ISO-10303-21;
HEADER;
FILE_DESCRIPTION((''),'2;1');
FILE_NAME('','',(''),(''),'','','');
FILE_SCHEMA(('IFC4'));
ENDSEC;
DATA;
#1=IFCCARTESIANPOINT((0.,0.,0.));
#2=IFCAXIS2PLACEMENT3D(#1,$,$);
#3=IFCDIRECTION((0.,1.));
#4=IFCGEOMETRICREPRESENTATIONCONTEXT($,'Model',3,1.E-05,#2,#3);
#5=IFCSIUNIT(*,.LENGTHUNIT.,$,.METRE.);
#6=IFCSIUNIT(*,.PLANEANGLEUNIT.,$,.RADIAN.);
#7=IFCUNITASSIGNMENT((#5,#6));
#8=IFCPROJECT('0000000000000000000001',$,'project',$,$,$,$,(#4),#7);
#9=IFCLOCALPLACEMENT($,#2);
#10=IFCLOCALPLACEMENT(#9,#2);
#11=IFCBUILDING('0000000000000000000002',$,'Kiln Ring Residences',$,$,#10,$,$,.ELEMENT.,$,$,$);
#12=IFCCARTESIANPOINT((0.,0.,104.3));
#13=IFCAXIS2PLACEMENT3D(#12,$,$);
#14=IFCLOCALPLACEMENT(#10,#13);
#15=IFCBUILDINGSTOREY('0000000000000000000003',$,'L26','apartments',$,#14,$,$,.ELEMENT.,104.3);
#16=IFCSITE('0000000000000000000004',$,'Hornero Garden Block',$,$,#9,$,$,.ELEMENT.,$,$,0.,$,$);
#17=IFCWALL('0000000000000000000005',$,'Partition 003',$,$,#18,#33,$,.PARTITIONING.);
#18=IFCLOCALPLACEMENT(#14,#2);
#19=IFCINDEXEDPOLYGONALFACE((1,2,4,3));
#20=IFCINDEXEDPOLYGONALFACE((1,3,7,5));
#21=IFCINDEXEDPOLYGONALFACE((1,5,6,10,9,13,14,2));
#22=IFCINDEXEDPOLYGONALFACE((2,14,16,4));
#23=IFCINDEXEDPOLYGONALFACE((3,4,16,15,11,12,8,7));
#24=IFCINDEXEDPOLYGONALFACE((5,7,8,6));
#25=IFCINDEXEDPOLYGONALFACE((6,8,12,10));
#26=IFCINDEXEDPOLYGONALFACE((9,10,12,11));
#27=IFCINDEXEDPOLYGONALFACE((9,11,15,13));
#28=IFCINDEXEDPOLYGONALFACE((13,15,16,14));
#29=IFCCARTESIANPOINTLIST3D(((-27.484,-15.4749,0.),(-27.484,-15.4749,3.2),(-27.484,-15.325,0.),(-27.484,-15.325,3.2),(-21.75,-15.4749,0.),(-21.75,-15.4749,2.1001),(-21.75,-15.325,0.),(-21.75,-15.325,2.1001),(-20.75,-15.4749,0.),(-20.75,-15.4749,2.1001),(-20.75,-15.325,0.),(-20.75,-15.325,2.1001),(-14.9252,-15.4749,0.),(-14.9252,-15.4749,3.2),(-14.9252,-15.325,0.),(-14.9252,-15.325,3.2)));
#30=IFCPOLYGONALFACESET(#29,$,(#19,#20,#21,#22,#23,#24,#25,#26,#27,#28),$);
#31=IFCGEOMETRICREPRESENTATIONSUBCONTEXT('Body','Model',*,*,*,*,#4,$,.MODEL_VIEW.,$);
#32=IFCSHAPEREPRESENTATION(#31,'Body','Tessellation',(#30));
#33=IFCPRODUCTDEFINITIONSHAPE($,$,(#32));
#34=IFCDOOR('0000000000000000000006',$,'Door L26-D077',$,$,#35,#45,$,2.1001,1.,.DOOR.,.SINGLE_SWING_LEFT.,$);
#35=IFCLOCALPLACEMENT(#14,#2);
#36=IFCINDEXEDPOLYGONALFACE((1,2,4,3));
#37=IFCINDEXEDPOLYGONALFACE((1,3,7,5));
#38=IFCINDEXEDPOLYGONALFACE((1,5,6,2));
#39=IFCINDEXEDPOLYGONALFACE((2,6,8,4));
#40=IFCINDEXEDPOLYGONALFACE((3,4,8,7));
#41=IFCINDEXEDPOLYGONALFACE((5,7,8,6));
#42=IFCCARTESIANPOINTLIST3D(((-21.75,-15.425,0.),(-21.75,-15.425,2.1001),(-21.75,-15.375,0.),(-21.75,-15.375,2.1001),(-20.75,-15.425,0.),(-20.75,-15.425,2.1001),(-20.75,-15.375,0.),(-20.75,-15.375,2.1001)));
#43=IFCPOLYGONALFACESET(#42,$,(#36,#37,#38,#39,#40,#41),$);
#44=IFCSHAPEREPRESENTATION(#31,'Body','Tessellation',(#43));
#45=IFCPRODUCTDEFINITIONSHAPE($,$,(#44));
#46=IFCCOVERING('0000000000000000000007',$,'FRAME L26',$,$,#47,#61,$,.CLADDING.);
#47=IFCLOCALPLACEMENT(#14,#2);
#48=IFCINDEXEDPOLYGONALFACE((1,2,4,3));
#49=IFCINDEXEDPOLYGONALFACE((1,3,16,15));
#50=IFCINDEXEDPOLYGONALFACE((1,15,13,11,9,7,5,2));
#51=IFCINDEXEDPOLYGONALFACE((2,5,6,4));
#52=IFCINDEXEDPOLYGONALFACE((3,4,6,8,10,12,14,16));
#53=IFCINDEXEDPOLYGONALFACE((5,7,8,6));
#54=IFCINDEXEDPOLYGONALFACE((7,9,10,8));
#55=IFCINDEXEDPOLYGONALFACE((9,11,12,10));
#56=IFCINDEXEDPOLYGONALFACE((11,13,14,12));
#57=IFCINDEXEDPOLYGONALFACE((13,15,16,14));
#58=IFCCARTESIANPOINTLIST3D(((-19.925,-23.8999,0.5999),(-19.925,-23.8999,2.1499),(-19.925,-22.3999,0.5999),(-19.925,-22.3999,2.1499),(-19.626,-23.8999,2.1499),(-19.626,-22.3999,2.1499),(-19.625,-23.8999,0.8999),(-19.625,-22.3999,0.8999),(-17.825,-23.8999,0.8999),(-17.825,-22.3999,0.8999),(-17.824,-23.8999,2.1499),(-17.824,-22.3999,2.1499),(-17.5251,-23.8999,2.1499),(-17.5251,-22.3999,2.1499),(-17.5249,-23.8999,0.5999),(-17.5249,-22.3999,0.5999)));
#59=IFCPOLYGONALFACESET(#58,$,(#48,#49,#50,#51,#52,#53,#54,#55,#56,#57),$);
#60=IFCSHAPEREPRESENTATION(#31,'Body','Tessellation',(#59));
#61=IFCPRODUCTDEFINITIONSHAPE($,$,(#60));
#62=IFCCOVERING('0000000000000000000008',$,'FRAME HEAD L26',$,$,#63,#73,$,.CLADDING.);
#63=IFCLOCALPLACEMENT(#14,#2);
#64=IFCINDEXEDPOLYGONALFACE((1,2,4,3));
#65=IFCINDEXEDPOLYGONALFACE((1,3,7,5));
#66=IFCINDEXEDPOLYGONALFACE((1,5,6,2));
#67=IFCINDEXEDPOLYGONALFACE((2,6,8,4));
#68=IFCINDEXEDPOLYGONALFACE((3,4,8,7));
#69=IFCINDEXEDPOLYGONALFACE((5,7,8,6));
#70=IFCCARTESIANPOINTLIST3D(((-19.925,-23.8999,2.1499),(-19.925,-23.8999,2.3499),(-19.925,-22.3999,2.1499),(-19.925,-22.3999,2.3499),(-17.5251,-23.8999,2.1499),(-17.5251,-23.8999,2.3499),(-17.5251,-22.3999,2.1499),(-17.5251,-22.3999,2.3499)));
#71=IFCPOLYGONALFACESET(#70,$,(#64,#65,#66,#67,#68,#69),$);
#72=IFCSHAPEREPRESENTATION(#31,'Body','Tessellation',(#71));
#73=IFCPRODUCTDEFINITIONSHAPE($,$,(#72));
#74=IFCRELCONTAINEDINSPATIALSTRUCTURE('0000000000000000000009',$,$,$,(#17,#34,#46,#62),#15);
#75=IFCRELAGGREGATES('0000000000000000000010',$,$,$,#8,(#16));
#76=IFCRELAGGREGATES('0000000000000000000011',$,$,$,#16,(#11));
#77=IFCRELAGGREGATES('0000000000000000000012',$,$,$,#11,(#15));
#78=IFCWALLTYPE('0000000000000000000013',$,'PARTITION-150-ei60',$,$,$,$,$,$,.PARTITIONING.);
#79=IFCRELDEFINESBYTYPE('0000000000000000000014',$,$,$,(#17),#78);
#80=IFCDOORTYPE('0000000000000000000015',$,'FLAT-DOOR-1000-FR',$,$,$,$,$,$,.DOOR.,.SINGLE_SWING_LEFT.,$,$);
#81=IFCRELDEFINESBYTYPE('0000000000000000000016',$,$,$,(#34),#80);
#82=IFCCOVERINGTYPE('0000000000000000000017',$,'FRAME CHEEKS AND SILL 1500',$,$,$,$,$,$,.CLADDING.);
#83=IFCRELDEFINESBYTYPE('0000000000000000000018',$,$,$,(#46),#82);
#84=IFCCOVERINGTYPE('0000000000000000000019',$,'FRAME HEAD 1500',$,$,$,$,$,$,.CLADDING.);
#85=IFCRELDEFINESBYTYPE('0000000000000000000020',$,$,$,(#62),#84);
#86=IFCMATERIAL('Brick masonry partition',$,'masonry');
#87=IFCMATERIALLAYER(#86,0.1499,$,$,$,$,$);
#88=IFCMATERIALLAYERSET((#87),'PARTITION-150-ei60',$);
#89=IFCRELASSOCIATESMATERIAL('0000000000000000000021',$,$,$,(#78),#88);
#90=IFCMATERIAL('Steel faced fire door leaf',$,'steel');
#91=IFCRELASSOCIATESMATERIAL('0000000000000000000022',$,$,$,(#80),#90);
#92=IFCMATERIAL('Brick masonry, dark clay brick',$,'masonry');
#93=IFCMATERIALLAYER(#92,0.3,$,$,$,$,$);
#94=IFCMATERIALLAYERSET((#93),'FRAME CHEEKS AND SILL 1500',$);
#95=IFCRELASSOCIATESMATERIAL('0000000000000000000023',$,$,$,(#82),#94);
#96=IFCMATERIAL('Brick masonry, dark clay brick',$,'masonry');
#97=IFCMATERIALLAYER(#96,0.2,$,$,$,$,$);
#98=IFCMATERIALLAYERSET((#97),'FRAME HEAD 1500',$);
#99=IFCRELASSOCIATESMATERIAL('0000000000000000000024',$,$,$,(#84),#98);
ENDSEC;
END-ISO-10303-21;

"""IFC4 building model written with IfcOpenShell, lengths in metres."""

from ifc_helpers import new_model, si_unit, direction, frame, frame_2d, origin, origin_2d, place, context, subcontext, project, spatial, polyline, rectangle, outline, extrude, material, layer, layer_set, type_object, element, fill, save


model = new_model("IFC4")

# Units and contexts
model_context = context("Model", 3, precision=1e-05, world=origin(), true_north=direction((0.0, 1.0)))
body_context = subcontext(model_context, "Body", "Model", "MODEL_VIEW")
ifc_project = project(units=[si_unit("LENGTHUNIT", "METRE"), si_unit("PLANEANGLEUNIT", "RADIAN")], contexts=[model_context])

# Site, building, storey
site_placement = place(None, origin())
site = spatial("IfcSite", under=ifc_project, at=site_placement, Name="Hornero Garden Block", CompositionType="ELEMENT", RefElevation=0.0)
building_placement = place(site_placement, origin())
building = spatial("IfcBuilding", under=site, at=building_placement, Name="Kiln Ring Residences", CompositionType="ELEMENT")
storey_placement = place(building_placement, frame((0.0, 0.0, 104.3)))
storey = spatial("IfcBuildingStorey", under=building, at=storey_placement, Name="L26", Description="apartments", CompositionType="ELEMENT", Elevation=104.3)

# Wall, opening, door
ifc_material_1 = material(Name="Brick masonry partition", Category="masonry")
ifc_layer_1 = layer(ifc_material_1, 0.1499)
ifc_layer_set_1 = layer_set([ifc_layer_1], Name="PARTITION-150-ei60")
wall_type_1 = type_object("IfcWallType", Name="PARTITION-150-ei60", PredefinedType="PARTITIONING", material=ifc_layer_set_1)
wall_1_placement = place(storey_placement, frame((-27.4839, -15.3999, 0.0), z_axis=(0.0, 0.0, 1.0), x_axis=(1.0, 0.0, 0.0)))
wall_1 = element("IfcWall", 1, at=wall_1_placement, inside=storey, type_object=wall_type_1, Name="Partition 003", PredefinedType="PARTITIONING", context=body_context, shape_type="SweptSolid", body=[
    extrude(rectangle(XDim=12.5588, YDim=0.1499, at=frame_2d((6.2793, 0.0))), origin(), (0.0, 0.0, 1.0), 3.2),
])
opening_1_placement = place(wall_1_placement, frame((5.7339, 0.0, 0.0)))
opening_1 = element("IfcOpeningElement", 2, at=opening_1_placement, cuts=wall_1, PredefinedType="OPENING", context=body_context, shape_type="SweptSolid", body=[
    extrude(rectangle(XDim=1.0, YDim=2.1001, at=frame_2d((0.5, 1.05))), frame((0.0, 0.085, 0.0), z_axis=(0.0, -1.0, 0.0), x_axis=(1.0, 0.0, 0.0)), (0.0, 0.0, 1.0), 0.1699),
])
ifc_material_2 = material(Name="Steel faced fire door leaf", Category="steel")
door_type_1 = type_object("IfcDoorType", Name="FLAT-DOOR-1000-FR", OperationType="SINGLE_SWING_LEFT", PredefinedType="DOOR", material=ifc_material_2)
door_1_placement = place(opening_1_placement, origin())
door_1 = element("IfcDoor", 3, at=door_1_placement, inside=storey, type_object=door_type_1, Name="Door L26-D077", OperationType="SINGLE_SWING_LEFT", OverallHeight=2.1001, OverallWidth=1.0, PredefinedType="DOOR", context=body_context, shape_type="SweptSolid", body=[
    extrude(rectangle(XDim=1.0, YDim=2.1001, at=frame_2d((0.5, 1.05))), frame((0.0, 0.0249, 0.0), z_axis=(0.0, -1.0, 0.0), x_axis=(1.0, 0.0, 0.0)), (0.0, 0.0, 1.0), 0.05),
])
fill(opening_1, door_1)

# Coverings
ifc_material_3 = material(Name="Brick masonry, dark clay brick", Category="masonry")
ifc_layer_2 = layer(ifc_material_3, 0.3)
ifc_layer_set_2 = layer_set([ifc_layer_2], Name="FRAME CHEEKS AND SILL 1500")
covering_type_1 = type_object("IfcCoveringType", Name="FRAME CHEEKS AND SILL 1500", PredefinedType="CLADDING", material=ifc_layer_set_2)
covering_1_placement = place(storey_placement, frame((-19.925, -23.1499, 0.5999), z_axis=(0.0, 0.0, 1.0), x_axis=(1.0, 0.0, 0.0)))
element("IfcCovering", 4, at=covering_1_placement, inside=storey, type_object=covering_type_1, Name="FRAME L26", PredefinedType="CLADDING", context=body_context, shape_type="SweptSolid", body=[
    extrude(outline(polyline([(0.0, 0.0), (2.4001, 0.0), (2.3999, 1.55), (2.1011, 1.55), (2.1001, 0.3), (0.3, 0.3), (0.2991, 1.55), (0.0, 1.55), (0.0, 0.0)])), frame((0.0, 0.75, 0.0), z_axis=(0.0, -1.0, 0.0), x_axis=(1.0, 0.0, 0.0)), (0.0, 0.0, 1.0), 1.5),
])
ifc_material_4 = material(Name="Brick masonry, dark clay brick", Category="masonry")
ifc_layer_3 = layer(ifc_material_4, 0.2)
ifc_layer_set_3 = layer_set([ifc_layer_3], Name="FRAME HEAD 1500")
covering_type_2 = type_object("IfcCoveringType", Name="FRAME HEAD 1500", PredefinedType="CLADDING", material=ifc_layer_set_3)
covering_2_placement = place(storey_placement, frame((-18.7251, -23.1499, 2.1499), z_axis=(0.0, 0.0, 1.0), x_axis=(1.0, 0.0, 0.0)))
element("IfcCovering", 5, at=covering_2_placement, inside=storey, type_object=covering_type_2, Name="FRAME HEAD L26", PredefinedType="CLADDING", context=body_context, shape_type="SweptSolid", body=[
    extrude(rectangle(XDim=2.3999, YDim=1.5, at=origin_2d()), origin(), (0.0, 0.0, 1.0), 0.2),
])

save(model, "model.ifc")
